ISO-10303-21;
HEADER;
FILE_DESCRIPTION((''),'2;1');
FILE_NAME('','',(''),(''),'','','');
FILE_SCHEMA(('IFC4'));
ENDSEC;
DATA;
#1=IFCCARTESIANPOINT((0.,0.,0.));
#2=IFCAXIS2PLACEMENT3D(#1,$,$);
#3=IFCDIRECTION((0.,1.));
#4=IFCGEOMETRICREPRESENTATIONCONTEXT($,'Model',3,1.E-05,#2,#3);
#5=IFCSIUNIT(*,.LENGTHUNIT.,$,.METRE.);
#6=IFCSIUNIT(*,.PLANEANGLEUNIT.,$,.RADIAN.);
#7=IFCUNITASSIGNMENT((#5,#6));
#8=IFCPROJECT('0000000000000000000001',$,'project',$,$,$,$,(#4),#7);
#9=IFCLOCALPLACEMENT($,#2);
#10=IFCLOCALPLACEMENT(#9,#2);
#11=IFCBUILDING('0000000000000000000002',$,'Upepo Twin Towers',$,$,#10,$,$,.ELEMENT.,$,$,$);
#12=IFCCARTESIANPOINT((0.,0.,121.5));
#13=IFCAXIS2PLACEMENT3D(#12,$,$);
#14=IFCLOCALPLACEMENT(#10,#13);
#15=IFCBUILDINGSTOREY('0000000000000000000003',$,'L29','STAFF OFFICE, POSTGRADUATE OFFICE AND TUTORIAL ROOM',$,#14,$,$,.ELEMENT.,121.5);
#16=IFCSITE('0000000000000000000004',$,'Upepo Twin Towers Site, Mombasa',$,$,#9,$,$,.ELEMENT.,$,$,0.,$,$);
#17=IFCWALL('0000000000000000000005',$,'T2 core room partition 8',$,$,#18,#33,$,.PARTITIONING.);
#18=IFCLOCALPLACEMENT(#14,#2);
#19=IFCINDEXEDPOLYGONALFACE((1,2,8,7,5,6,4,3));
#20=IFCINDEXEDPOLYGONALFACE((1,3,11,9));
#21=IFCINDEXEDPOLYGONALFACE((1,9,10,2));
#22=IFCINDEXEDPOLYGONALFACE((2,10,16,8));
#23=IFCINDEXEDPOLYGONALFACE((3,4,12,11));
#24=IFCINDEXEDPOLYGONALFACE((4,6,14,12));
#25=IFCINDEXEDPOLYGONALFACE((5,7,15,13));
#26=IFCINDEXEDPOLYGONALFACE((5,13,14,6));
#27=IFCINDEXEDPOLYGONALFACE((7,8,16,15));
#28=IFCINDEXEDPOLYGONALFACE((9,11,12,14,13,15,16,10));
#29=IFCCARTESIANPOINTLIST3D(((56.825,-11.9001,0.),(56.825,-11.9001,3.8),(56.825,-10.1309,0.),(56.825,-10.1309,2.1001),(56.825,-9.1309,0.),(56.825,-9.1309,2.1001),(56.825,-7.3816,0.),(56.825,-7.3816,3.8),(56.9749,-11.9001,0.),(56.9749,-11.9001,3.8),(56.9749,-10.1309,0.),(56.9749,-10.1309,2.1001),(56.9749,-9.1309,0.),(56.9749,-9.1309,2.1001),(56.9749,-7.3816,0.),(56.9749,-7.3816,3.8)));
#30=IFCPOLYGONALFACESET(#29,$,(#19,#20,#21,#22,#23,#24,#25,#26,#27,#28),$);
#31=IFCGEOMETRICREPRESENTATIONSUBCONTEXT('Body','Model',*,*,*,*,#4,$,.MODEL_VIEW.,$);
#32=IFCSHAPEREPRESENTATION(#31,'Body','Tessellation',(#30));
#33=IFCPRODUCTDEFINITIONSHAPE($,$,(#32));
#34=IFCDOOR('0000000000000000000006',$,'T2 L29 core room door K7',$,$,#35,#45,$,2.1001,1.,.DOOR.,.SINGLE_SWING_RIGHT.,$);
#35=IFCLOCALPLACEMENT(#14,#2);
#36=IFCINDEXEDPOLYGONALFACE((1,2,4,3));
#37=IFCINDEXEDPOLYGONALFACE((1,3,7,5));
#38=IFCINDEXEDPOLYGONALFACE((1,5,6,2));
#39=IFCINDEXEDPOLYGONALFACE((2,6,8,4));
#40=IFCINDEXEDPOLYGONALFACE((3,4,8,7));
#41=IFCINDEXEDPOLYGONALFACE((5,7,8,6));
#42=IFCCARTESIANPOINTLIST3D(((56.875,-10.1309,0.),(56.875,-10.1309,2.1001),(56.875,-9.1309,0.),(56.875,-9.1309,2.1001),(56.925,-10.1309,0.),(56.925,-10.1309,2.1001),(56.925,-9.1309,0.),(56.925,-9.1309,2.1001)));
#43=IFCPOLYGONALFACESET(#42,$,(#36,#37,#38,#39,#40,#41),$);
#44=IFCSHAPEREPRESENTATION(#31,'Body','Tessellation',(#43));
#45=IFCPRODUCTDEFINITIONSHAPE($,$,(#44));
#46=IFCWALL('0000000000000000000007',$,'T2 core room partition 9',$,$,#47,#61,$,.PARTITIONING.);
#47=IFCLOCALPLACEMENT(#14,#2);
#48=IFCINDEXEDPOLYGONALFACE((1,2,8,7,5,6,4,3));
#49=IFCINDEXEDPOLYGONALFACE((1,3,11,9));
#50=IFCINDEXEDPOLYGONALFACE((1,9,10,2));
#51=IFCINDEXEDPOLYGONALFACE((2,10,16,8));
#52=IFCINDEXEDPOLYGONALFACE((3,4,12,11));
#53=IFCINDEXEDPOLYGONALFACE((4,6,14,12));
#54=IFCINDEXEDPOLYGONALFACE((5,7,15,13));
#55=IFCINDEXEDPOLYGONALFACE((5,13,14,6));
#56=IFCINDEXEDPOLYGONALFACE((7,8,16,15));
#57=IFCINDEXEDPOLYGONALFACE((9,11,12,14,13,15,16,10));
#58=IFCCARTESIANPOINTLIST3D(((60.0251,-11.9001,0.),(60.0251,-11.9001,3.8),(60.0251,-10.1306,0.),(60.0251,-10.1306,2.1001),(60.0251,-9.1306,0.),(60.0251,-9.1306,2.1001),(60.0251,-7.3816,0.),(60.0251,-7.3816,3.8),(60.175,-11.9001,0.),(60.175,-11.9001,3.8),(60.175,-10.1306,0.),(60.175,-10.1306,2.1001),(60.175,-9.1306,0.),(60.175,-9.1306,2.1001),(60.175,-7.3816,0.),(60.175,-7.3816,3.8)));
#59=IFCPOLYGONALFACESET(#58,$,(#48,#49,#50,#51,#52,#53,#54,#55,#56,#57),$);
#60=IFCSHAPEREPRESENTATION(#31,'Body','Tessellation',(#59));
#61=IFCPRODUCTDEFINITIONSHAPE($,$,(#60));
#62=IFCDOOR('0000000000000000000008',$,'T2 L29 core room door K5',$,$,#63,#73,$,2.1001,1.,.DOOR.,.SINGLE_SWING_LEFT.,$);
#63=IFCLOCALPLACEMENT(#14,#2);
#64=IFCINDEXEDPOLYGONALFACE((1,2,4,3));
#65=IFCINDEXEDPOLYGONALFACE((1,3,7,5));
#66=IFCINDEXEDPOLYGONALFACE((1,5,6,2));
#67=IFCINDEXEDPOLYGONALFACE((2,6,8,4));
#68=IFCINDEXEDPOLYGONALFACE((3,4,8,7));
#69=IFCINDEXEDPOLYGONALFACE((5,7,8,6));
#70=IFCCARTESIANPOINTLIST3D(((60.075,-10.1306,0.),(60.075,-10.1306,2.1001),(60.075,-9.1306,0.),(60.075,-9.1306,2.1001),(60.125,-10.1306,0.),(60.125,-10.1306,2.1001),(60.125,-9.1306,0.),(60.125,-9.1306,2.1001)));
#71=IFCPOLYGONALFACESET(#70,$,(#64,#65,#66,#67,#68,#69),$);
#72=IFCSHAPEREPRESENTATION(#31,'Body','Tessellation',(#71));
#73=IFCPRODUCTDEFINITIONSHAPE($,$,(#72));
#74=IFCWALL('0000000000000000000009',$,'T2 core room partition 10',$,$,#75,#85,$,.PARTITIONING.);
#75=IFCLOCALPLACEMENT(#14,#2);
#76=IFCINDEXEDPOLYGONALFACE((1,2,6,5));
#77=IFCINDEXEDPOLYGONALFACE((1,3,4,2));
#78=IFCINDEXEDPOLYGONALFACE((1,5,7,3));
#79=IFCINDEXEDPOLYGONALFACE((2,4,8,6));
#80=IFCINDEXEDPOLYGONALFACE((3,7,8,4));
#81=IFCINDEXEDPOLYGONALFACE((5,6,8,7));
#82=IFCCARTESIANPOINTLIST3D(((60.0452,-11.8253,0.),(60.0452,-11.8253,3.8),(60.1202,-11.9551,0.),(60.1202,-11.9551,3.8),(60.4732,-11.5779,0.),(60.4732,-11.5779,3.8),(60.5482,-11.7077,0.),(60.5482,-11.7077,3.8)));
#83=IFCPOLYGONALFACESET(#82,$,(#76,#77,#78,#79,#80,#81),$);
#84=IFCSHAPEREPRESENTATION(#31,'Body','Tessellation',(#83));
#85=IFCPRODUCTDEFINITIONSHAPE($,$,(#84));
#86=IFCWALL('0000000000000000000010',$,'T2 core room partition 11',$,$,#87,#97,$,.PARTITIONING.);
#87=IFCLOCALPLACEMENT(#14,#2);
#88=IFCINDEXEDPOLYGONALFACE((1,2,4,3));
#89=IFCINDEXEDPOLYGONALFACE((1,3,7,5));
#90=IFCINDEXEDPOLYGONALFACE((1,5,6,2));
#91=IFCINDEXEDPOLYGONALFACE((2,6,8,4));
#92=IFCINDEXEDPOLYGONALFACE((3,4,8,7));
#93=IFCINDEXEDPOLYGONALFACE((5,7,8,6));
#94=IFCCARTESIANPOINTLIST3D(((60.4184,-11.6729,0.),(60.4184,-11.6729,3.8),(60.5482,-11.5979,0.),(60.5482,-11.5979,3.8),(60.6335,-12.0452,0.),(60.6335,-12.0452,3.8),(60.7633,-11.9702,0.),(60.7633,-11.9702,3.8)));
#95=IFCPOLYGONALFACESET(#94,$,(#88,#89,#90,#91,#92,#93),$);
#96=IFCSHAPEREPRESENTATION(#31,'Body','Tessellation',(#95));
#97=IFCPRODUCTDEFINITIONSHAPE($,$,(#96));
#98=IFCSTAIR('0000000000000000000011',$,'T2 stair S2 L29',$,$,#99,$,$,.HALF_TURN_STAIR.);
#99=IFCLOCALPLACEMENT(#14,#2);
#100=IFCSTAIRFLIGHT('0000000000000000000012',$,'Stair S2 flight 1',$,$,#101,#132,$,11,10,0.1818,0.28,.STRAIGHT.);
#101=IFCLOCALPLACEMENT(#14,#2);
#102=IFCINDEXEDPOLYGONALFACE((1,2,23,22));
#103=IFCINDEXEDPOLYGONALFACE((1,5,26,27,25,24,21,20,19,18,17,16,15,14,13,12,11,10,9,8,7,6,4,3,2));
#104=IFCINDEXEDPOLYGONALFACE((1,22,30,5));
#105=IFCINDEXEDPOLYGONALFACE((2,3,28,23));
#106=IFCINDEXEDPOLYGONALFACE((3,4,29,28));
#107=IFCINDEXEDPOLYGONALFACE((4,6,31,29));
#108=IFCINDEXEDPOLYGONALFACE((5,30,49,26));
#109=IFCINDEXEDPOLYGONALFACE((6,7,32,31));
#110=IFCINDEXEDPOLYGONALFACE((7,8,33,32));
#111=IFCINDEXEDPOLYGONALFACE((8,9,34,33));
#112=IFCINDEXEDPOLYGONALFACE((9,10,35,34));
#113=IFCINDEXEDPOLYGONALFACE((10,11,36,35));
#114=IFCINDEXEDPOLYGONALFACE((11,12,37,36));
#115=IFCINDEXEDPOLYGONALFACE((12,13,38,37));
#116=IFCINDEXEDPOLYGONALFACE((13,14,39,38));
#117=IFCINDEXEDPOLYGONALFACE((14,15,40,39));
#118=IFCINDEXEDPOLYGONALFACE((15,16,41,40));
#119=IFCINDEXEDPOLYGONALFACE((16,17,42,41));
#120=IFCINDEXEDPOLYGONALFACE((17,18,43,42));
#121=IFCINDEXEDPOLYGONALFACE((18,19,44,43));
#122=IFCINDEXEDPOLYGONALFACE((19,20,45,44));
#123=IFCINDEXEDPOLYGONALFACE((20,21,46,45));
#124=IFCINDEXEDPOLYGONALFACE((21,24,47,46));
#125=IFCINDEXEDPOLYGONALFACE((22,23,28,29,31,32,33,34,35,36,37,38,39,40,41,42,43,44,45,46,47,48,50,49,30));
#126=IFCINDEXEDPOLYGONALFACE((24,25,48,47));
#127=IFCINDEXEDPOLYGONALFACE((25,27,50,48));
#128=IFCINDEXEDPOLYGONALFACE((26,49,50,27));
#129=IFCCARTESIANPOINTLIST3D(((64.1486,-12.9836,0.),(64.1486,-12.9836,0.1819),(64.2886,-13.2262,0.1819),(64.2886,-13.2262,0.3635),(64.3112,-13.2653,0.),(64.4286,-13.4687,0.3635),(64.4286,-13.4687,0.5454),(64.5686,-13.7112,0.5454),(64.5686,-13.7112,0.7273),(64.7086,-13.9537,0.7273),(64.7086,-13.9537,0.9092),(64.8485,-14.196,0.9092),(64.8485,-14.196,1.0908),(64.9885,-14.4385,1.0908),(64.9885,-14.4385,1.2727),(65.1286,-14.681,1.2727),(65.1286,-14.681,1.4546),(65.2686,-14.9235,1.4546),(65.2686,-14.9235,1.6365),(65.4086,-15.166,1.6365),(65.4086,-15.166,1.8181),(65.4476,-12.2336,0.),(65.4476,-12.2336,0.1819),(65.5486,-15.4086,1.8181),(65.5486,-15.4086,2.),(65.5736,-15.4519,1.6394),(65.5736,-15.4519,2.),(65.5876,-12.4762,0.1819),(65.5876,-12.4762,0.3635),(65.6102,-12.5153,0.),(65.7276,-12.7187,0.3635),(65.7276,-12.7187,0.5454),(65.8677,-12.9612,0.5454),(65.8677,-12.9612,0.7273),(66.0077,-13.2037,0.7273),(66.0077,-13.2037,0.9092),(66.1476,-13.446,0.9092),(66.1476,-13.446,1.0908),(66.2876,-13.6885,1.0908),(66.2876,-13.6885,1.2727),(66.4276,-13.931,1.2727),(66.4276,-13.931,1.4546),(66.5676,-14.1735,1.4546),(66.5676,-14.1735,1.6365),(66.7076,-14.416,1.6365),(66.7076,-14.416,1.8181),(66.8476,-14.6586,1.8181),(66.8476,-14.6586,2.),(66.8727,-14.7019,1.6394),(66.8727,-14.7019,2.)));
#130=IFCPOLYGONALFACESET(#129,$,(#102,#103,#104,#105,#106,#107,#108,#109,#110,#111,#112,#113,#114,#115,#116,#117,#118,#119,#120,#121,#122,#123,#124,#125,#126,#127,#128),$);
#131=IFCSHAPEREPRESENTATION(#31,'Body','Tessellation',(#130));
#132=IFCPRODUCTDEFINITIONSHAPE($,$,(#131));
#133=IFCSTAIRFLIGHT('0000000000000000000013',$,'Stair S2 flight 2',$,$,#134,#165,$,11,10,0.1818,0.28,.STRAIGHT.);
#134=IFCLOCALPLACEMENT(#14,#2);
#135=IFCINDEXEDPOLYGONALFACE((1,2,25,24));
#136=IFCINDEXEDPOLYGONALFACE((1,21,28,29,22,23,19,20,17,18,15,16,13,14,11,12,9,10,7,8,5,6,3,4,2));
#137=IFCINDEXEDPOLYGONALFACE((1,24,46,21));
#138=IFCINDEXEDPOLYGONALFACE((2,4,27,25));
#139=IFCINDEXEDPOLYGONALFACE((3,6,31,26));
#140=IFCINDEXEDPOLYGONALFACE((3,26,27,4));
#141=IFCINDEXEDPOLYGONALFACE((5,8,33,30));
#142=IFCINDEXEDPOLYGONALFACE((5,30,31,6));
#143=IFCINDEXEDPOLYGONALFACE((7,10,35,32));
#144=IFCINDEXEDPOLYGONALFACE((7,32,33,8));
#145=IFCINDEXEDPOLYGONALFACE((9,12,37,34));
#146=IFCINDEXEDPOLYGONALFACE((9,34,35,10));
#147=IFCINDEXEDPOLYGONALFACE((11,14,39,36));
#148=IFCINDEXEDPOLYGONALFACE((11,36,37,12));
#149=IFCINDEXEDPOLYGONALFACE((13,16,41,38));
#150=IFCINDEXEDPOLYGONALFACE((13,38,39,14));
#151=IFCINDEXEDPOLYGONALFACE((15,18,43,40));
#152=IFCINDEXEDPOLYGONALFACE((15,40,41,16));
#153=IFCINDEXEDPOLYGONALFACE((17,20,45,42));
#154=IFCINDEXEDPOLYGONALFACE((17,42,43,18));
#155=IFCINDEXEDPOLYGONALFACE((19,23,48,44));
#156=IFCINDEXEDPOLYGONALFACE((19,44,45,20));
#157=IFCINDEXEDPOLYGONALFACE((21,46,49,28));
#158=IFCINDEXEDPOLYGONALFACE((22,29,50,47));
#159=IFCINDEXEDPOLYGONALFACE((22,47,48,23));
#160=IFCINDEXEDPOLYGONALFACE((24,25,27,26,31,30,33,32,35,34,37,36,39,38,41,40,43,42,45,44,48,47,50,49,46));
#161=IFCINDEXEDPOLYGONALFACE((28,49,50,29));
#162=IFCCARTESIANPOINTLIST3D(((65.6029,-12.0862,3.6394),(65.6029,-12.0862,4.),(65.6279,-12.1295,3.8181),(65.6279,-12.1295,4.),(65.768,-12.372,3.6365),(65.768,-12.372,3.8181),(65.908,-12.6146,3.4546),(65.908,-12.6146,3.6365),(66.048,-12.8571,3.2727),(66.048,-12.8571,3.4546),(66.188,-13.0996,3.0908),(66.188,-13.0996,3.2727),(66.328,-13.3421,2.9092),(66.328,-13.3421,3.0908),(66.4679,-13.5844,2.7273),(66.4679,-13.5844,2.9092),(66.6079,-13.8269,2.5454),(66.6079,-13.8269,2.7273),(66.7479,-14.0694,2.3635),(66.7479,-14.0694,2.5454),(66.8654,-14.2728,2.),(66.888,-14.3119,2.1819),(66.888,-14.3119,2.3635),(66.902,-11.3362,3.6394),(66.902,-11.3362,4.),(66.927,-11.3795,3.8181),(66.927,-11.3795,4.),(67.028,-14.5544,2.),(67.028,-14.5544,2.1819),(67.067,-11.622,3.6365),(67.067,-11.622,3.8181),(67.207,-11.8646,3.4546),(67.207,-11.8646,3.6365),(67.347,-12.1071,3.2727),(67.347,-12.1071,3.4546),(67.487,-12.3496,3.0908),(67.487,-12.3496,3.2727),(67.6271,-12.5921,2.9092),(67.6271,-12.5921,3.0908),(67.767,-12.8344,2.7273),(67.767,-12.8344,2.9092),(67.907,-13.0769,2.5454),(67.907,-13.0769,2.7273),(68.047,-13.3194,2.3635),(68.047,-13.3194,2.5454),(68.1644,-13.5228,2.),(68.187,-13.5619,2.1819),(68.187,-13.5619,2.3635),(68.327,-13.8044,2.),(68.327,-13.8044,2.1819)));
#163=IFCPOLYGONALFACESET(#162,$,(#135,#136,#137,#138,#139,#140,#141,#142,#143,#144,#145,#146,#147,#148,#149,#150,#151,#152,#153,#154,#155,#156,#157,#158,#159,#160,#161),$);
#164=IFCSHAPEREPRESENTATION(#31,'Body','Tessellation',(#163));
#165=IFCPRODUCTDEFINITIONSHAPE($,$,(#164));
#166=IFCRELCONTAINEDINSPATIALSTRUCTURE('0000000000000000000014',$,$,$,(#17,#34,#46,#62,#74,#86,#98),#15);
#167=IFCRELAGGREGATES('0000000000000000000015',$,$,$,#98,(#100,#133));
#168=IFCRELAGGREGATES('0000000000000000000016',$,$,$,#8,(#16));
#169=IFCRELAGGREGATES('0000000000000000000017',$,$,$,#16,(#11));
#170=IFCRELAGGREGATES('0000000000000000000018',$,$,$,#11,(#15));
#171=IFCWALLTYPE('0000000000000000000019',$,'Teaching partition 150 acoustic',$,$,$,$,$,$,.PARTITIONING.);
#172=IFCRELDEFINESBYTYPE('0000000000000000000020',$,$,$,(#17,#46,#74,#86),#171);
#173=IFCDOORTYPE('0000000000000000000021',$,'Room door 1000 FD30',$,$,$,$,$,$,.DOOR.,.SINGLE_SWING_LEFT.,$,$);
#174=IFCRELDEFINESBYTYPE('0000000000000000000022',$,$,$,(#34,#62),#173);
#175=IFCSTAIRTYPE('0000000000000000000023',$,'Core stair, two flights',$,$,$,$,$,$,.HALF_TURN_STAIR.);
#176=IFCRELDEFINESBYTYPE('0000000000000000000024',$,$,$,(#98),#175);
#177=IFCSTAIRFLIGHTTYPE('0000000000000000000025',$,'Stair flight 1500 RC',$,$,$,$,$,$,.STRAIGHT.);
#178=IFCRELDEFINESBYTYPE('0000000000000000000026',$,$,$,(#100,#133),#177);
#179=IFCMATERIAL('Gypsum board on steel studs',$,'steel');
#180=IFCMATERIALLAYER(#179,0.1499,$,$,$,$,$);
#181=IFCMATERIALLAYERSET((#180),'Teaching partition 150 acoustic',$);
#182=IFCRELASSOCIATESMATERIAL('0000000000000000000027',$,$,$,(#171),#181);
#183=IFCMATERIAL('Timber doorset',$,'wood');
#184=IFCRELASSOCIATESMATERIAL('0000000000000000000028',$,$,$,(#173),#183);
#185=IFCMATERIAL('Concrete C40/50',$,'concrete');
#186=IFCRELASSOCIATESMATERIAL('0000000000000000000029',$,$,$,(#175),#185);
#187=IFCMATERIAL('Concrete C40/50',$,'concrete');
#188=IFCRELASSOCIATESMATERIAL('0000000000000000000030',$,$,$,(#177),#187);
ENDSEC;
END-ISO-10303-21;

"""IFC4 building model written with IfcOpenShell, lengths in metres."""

from ifc_helpers import new_model, si_unit, direction, frame, frame_2d, origin, place, context, subcontext, project, spatial, polyline, rectangle, outline, extrude, material, layer, layer_set, type_object, element, fill, aggregate, save


model = new_model("IFC4")

# Units and contexts
model_context = context("Model", 3, precision=1e-05, world=origin(), true_north=direction((0.0, 1.0)))
body_context = subcontext(model_context, "Body", "Model", "MODEL_VIEW")
ifc_project = project(units=[si_unit("LENGTHUNIT", "METRE"), si_unit("PLANEANGLEUNIT", "RADIAN")], contexts=[model_context])

# Site, building, storey
site_placement = place(None, origin())
site = spatial("IfcSite", under=ifc_project, at=site_placement, Name="Upepo Twin Towers Site, Mombasa", CompositionType="ELEMENT", RefElevation=0.0)
building_placement = place(site_placement, origin())
building = spatial("IfcBuilding", under=site, at=building_placement, Name="Upepo Twin Towers", CompositionType="ELEMENT")
storey_placement = place(building_placement, frame((0.0, 0.0, 121.5)))
storey = spatial("IfcBuildingStorey", under=building, at=storey_placement, Name="L29", Description="STAFF OFFICE, POSTGRADUATE OFFICE AND TUTORIAL ROOM", CompositionType="ELEMENT", Elevation=121.5)

# Walls, openings, doors
ifc_material_1 = material(Name="Gypsum board on steel studs", Category="steel")
ifc_layer_1 = layer(ifc_material_1, 0.1499)
ifc_layer_set_1 = layer_set([ifc_layer_1], Name="Teaching partition 150 acoustic")
wall_type_1 = type_object("IfcWallType", Name="Teaching partition 150 acoustic", PredefinedType="PARTITIONING", material=ifc_layer_set_1)
wall_1_placement = place(storey_placement, frame((56.8999, -11.9001, 0.0), z_axis=(0.0, 0.0, 1.0), x_axis=(0.0, 1.0, 0.0)))
wall_1 = element("IfcWall", 1, at=wall_1_placement, inside=storey, type_object=wall_type_1, Name="T2 core room partition 8", PredefinedType="PARTITIONING", context=body_context, shape_type="SweptSolid", body=[
    extrude(rectangle(XDim=4.5186, YDim=0.1499, at=frame_2d((2.2593, 0.0))), origin(), (0.0, 0.0, 1.0), 3.8),
])
opening_1_placement = place(wall_1_placement, frame((1.7693, 0.0, 0.0)))
opening_1 = element("IfcOpeningElement", 2, at=opening_1_placement, cuts=wall_1, PredefinedType="OPENING", context=body_context, shape_type="SweptSolid", body=[
    extrude(rectangle(XDim=1.0, YDim=2.1001, at=frame_2d((0.5, 1.05))), frame((0.0, 0.085, 0.0), z_axis=(0.0, -1.0, 0.0), x_axis=(1.0, 0.0, 0.0)), (0.0, 0.0, 1.0), 0.1699),
])
ifc_material_2 = material(Name="Timber doorset", Category="wood")
door_type_1 = type_object("IfcDoorType", Name="Room door 1000 FD30", OperationType="SINGLE_SWING_LEFT", PredefinedType="DOOR", material=ifc_material_2)
door_1_placement = place(opening_1_placement, origin())
door_1 = element("IfcDoor", 3, at=door_1_placement, inside=storey, type_object=door_type_1, Name="T2 L29 core room door K7", OperationType="SINGLE_SWING_RIGHT", OverallHeight=2.1001, OverallWidth=1.0, PredefinedType="DOOR", context=body_context, shape_type="SweptSolid", body=[
    extrude(rectangle(XDim=1.0, YDim=2.1001, at=frame_2d((0.5, 1.05))), frame((0.0, 0.0249, 0.0), z_axis=(0.0, -1.0, 0.0), x_axis=(1.0, 0.0, 0.0)), (0.0, 0.0, 1.0), 0.05),
])
fill(opening_1, door_1)
wall_2_placement = place(storey_placement, frame((60.1001, -7.3816, 0.0), z_axis=(0.0, 0.0, 1.0), x_axis=(0.0, -1.0, 0.0)))
wall_2 = element("IfcWall", 4, at=wall_2_placement, inside=storey, type_object=wall_type_1, Name="T2 core room partition 9", PredefinedType="PARTITIONING", context=body_context, shape_type="SweptSolid", body=[
    extrude(rectangle(XDim=4.5186, YDim=0.1499, at=frame_2d((2.2593, 0.0))), origin(), (0.0, 0.0, 1.0), 3.8),
])
opening_2_placement = place(wall_2_placement, frame((1.749, 0.0, 0.0)))
opening_2 = element("IfcOpeningElement", 5, at=opening_2_placement, cuts=wall_2, PredefinedType="OPENING", context=body_context, shape_type="SweptSolid", body=[
    extrude(rectangle(XDim=1.0, YDim=2.1001, at=frame_2d((0.5, 1.05))), frame((0.0, 0.085, 0.0), z_axis=(0.0, -1.0, 0.0), x_axis=(1.0, 0.0, 0.0)), (0.0, 0.0, 1.0), 0.1699),
])
door_2_placement = place(opening_2_placement, origin())
door_2 = element("IfcDoor", 6, at=door_2_placement, inside=storey, type_object=door_type_1, Name="T2 L29 core room door K5", OperationType="SINGLE_SWING_LEFT", OverallHeight=2.1001, OverallWidth=1.0, PredefinedType="DOOR", context=body_context, shape_type="SweptSolid", body=[
    extrude(rectangle(XDim=1.0, YDim=2.1001, at=frame_2d((0.5, 1.05))), frame((0.0, 0.0249, 0.0), z_axis=(0.0, -1.0, 0.0), x_axis=(1.0, 0.0, 0.0)), (0.0, 0.0, 1.0), 0.05),
])
fill(opening_2, door_2)

# Walls
wall_3_placement = place(storey_placement, frame((60.0828, -11.8901, 0.0), z_axis=(0.0, 0.0, 1.0), x_axis=(0.865832, 0.500335, 0.0)))
element("IfcWall", 7, at=wall_3_placement, inside=storey, type_object=wall_type_1, Name="T2 core room partition 10", PredefinedType="PARTITIONING", context=body_context, shape_type="SweptSolid", body=[
    extrude(rectangle(XDim=0.4944, YDim=0.1499, at=frame_2d((0.2471, 0.0))), origin(), (0.0, 0.0, 1.0), 3.8),
])
wall_4_placement = place(storey_placement, frame((60.4834, -11.6355, 0.0), z_axis=(0.0, 0.0, 1.0), x_axis=(0.50023, -0.865892, 0.0)))
element("IfcWall", 8, at=wall_4_placement, inside=storey, type_object=wall_type_1, Name="T2 core room partition 11", PredefinedType="PARTITIONING", context=body_context, shape_type="SweptSolid", body=[
    extrude(rectangle(XDim=0.4299, YDim=0.1499, at=frame_2d((0.2148, 0.0))), origin(), (0.0, 0.0, 1.0), 3.8),
])

# Stair, stair flights
ifc_material_3 = material(Name="Concrete C40/50", Category="concrete")
stair_type = type_object("IfcStairType", Name="Core stair, two flights", PredefinedType="HALF_TURN_STAIR", material=ifc_material_3)
stair_placement = place(storey_placement, origin())
stair = element("IfcStair", 9, at=stair_placement, inside=storey, type_object=stair_type, Name="T2 stair S2 L29", PredefinedType="HALF_TURN_STAIR")
ifc_material_4 = material(Name="Concrete C40/50", Category="concrete")
stair_flight_type = type_object("IfcStairFlightType", Name="Stair flight 1500 RC", PredefinedType="STRAIGHT", material=ifc_material_4)
stair_flight_1_placement = place(storey_placement, frame((64.7981, -12.6086, 0.0), z_axis=(0.0, 0.0, 1.0), x_axis=(0.5, -0.866025, 0.0)))
stair_flight_1 = element("IfcStairFlight", 10, at=stair_flight_1_placement, type_object=stair_flight_type, Name="Stair S2 flight 1", NumberOfRisers=11, NumberOfTreads=10, PredefinedType="STRAIGHT", RiserHeight=0.1818, TreadLength=0.28, context=body_context, shape_type="SweptSolid", body=[
    extrude(outline(polyline([(0.0, 0.0), (0.0, 0.1819), (0.28, 0.1819), (0.28, 0.3635), (0.5601, 0.3635), (0.5601, 0.5454), (0.8401, 0.5454), (0.8401, 0.7273), (1.1201, 0.7273), (1.1201, 0.9092), (1.3999, 0.9092), (1.3999, 1.0908), (1.6799, 1.0908), (1.6799, 1.2727), (1.96, 1.2727), (1.96, 1.4546), (2.24, 1.4546), (2.24, 1.6365), (2.52, 1.6365), (2.52, 1.8181), (2.8, 1.8181), (2.8, 2.0), (2.8501, 2.0), (2.8501, 1.6394), (0.3252, 0.0), (0.0, 0.0)])), frame((0.0, 0.75, 0.0), z_axis=(0.0, -1.0, 0.0), x_axis=(1.0, 0.0, 0.0)), (0.0, 0.0, 1.0), 1.5),
])
stair_flight_2_placement = place(storey_placement, frame((67.6775, -14.1794, 2.0), z_axis=(0.0, 0.0, 1.0), x_axis=(-0.5, 0.866025, 0.0)))
stair_flight_2 = element("IfcStairFlight", 11, at=stair_flight_2_placement, type_object=stair_flight_type, Name="Stair S2 flight 2", NumberOfRisers=11, NumberOfTreads=10, PredefinedType="STRAIGHT", RiserHeight=0.1818, TreadLength=0.28, context=body_context, shape_type="SweptSolid", body=[
    extrude(outline(polyline([(0.0, 0.0), (0.0, 0.1819), (0.28, 0.1819), (0.28, 0.3635), (0.5601, 0.3635), (0.5601, 0.5454), (0.8401, 0.5454), (0.8401, 0.7273), (1.1201, 0.7273), (1.1201, 0.9092), (1.3999, 0.9092), (1.3999, 1.0908), (1.6799, 1.0908), (1.6799, 1.2727), (1.96, 1.2727), (1.96, 1.4546), (2.24, 1.4546), (2.24, 1.6365), (2.52, 1.6365), (2.52, 1.8181), (2.8, 1.8181), (2.8, 2.0), (2.8501, 2.0), (2.8501, 1.6394), (0.3252, 0.0), (0.0, 0.0)])), frame((0.0, 0.75, 0.0), z_axis=(0.0, -1.0, 0.0), x_axis=(1.0, 0.0, 0.0)), (0.0, 0.0, 1.0), 1.5),
])
aggregate(stair, [stair_flight_1, stair_flight_2])

save(model, "model.ifc")
